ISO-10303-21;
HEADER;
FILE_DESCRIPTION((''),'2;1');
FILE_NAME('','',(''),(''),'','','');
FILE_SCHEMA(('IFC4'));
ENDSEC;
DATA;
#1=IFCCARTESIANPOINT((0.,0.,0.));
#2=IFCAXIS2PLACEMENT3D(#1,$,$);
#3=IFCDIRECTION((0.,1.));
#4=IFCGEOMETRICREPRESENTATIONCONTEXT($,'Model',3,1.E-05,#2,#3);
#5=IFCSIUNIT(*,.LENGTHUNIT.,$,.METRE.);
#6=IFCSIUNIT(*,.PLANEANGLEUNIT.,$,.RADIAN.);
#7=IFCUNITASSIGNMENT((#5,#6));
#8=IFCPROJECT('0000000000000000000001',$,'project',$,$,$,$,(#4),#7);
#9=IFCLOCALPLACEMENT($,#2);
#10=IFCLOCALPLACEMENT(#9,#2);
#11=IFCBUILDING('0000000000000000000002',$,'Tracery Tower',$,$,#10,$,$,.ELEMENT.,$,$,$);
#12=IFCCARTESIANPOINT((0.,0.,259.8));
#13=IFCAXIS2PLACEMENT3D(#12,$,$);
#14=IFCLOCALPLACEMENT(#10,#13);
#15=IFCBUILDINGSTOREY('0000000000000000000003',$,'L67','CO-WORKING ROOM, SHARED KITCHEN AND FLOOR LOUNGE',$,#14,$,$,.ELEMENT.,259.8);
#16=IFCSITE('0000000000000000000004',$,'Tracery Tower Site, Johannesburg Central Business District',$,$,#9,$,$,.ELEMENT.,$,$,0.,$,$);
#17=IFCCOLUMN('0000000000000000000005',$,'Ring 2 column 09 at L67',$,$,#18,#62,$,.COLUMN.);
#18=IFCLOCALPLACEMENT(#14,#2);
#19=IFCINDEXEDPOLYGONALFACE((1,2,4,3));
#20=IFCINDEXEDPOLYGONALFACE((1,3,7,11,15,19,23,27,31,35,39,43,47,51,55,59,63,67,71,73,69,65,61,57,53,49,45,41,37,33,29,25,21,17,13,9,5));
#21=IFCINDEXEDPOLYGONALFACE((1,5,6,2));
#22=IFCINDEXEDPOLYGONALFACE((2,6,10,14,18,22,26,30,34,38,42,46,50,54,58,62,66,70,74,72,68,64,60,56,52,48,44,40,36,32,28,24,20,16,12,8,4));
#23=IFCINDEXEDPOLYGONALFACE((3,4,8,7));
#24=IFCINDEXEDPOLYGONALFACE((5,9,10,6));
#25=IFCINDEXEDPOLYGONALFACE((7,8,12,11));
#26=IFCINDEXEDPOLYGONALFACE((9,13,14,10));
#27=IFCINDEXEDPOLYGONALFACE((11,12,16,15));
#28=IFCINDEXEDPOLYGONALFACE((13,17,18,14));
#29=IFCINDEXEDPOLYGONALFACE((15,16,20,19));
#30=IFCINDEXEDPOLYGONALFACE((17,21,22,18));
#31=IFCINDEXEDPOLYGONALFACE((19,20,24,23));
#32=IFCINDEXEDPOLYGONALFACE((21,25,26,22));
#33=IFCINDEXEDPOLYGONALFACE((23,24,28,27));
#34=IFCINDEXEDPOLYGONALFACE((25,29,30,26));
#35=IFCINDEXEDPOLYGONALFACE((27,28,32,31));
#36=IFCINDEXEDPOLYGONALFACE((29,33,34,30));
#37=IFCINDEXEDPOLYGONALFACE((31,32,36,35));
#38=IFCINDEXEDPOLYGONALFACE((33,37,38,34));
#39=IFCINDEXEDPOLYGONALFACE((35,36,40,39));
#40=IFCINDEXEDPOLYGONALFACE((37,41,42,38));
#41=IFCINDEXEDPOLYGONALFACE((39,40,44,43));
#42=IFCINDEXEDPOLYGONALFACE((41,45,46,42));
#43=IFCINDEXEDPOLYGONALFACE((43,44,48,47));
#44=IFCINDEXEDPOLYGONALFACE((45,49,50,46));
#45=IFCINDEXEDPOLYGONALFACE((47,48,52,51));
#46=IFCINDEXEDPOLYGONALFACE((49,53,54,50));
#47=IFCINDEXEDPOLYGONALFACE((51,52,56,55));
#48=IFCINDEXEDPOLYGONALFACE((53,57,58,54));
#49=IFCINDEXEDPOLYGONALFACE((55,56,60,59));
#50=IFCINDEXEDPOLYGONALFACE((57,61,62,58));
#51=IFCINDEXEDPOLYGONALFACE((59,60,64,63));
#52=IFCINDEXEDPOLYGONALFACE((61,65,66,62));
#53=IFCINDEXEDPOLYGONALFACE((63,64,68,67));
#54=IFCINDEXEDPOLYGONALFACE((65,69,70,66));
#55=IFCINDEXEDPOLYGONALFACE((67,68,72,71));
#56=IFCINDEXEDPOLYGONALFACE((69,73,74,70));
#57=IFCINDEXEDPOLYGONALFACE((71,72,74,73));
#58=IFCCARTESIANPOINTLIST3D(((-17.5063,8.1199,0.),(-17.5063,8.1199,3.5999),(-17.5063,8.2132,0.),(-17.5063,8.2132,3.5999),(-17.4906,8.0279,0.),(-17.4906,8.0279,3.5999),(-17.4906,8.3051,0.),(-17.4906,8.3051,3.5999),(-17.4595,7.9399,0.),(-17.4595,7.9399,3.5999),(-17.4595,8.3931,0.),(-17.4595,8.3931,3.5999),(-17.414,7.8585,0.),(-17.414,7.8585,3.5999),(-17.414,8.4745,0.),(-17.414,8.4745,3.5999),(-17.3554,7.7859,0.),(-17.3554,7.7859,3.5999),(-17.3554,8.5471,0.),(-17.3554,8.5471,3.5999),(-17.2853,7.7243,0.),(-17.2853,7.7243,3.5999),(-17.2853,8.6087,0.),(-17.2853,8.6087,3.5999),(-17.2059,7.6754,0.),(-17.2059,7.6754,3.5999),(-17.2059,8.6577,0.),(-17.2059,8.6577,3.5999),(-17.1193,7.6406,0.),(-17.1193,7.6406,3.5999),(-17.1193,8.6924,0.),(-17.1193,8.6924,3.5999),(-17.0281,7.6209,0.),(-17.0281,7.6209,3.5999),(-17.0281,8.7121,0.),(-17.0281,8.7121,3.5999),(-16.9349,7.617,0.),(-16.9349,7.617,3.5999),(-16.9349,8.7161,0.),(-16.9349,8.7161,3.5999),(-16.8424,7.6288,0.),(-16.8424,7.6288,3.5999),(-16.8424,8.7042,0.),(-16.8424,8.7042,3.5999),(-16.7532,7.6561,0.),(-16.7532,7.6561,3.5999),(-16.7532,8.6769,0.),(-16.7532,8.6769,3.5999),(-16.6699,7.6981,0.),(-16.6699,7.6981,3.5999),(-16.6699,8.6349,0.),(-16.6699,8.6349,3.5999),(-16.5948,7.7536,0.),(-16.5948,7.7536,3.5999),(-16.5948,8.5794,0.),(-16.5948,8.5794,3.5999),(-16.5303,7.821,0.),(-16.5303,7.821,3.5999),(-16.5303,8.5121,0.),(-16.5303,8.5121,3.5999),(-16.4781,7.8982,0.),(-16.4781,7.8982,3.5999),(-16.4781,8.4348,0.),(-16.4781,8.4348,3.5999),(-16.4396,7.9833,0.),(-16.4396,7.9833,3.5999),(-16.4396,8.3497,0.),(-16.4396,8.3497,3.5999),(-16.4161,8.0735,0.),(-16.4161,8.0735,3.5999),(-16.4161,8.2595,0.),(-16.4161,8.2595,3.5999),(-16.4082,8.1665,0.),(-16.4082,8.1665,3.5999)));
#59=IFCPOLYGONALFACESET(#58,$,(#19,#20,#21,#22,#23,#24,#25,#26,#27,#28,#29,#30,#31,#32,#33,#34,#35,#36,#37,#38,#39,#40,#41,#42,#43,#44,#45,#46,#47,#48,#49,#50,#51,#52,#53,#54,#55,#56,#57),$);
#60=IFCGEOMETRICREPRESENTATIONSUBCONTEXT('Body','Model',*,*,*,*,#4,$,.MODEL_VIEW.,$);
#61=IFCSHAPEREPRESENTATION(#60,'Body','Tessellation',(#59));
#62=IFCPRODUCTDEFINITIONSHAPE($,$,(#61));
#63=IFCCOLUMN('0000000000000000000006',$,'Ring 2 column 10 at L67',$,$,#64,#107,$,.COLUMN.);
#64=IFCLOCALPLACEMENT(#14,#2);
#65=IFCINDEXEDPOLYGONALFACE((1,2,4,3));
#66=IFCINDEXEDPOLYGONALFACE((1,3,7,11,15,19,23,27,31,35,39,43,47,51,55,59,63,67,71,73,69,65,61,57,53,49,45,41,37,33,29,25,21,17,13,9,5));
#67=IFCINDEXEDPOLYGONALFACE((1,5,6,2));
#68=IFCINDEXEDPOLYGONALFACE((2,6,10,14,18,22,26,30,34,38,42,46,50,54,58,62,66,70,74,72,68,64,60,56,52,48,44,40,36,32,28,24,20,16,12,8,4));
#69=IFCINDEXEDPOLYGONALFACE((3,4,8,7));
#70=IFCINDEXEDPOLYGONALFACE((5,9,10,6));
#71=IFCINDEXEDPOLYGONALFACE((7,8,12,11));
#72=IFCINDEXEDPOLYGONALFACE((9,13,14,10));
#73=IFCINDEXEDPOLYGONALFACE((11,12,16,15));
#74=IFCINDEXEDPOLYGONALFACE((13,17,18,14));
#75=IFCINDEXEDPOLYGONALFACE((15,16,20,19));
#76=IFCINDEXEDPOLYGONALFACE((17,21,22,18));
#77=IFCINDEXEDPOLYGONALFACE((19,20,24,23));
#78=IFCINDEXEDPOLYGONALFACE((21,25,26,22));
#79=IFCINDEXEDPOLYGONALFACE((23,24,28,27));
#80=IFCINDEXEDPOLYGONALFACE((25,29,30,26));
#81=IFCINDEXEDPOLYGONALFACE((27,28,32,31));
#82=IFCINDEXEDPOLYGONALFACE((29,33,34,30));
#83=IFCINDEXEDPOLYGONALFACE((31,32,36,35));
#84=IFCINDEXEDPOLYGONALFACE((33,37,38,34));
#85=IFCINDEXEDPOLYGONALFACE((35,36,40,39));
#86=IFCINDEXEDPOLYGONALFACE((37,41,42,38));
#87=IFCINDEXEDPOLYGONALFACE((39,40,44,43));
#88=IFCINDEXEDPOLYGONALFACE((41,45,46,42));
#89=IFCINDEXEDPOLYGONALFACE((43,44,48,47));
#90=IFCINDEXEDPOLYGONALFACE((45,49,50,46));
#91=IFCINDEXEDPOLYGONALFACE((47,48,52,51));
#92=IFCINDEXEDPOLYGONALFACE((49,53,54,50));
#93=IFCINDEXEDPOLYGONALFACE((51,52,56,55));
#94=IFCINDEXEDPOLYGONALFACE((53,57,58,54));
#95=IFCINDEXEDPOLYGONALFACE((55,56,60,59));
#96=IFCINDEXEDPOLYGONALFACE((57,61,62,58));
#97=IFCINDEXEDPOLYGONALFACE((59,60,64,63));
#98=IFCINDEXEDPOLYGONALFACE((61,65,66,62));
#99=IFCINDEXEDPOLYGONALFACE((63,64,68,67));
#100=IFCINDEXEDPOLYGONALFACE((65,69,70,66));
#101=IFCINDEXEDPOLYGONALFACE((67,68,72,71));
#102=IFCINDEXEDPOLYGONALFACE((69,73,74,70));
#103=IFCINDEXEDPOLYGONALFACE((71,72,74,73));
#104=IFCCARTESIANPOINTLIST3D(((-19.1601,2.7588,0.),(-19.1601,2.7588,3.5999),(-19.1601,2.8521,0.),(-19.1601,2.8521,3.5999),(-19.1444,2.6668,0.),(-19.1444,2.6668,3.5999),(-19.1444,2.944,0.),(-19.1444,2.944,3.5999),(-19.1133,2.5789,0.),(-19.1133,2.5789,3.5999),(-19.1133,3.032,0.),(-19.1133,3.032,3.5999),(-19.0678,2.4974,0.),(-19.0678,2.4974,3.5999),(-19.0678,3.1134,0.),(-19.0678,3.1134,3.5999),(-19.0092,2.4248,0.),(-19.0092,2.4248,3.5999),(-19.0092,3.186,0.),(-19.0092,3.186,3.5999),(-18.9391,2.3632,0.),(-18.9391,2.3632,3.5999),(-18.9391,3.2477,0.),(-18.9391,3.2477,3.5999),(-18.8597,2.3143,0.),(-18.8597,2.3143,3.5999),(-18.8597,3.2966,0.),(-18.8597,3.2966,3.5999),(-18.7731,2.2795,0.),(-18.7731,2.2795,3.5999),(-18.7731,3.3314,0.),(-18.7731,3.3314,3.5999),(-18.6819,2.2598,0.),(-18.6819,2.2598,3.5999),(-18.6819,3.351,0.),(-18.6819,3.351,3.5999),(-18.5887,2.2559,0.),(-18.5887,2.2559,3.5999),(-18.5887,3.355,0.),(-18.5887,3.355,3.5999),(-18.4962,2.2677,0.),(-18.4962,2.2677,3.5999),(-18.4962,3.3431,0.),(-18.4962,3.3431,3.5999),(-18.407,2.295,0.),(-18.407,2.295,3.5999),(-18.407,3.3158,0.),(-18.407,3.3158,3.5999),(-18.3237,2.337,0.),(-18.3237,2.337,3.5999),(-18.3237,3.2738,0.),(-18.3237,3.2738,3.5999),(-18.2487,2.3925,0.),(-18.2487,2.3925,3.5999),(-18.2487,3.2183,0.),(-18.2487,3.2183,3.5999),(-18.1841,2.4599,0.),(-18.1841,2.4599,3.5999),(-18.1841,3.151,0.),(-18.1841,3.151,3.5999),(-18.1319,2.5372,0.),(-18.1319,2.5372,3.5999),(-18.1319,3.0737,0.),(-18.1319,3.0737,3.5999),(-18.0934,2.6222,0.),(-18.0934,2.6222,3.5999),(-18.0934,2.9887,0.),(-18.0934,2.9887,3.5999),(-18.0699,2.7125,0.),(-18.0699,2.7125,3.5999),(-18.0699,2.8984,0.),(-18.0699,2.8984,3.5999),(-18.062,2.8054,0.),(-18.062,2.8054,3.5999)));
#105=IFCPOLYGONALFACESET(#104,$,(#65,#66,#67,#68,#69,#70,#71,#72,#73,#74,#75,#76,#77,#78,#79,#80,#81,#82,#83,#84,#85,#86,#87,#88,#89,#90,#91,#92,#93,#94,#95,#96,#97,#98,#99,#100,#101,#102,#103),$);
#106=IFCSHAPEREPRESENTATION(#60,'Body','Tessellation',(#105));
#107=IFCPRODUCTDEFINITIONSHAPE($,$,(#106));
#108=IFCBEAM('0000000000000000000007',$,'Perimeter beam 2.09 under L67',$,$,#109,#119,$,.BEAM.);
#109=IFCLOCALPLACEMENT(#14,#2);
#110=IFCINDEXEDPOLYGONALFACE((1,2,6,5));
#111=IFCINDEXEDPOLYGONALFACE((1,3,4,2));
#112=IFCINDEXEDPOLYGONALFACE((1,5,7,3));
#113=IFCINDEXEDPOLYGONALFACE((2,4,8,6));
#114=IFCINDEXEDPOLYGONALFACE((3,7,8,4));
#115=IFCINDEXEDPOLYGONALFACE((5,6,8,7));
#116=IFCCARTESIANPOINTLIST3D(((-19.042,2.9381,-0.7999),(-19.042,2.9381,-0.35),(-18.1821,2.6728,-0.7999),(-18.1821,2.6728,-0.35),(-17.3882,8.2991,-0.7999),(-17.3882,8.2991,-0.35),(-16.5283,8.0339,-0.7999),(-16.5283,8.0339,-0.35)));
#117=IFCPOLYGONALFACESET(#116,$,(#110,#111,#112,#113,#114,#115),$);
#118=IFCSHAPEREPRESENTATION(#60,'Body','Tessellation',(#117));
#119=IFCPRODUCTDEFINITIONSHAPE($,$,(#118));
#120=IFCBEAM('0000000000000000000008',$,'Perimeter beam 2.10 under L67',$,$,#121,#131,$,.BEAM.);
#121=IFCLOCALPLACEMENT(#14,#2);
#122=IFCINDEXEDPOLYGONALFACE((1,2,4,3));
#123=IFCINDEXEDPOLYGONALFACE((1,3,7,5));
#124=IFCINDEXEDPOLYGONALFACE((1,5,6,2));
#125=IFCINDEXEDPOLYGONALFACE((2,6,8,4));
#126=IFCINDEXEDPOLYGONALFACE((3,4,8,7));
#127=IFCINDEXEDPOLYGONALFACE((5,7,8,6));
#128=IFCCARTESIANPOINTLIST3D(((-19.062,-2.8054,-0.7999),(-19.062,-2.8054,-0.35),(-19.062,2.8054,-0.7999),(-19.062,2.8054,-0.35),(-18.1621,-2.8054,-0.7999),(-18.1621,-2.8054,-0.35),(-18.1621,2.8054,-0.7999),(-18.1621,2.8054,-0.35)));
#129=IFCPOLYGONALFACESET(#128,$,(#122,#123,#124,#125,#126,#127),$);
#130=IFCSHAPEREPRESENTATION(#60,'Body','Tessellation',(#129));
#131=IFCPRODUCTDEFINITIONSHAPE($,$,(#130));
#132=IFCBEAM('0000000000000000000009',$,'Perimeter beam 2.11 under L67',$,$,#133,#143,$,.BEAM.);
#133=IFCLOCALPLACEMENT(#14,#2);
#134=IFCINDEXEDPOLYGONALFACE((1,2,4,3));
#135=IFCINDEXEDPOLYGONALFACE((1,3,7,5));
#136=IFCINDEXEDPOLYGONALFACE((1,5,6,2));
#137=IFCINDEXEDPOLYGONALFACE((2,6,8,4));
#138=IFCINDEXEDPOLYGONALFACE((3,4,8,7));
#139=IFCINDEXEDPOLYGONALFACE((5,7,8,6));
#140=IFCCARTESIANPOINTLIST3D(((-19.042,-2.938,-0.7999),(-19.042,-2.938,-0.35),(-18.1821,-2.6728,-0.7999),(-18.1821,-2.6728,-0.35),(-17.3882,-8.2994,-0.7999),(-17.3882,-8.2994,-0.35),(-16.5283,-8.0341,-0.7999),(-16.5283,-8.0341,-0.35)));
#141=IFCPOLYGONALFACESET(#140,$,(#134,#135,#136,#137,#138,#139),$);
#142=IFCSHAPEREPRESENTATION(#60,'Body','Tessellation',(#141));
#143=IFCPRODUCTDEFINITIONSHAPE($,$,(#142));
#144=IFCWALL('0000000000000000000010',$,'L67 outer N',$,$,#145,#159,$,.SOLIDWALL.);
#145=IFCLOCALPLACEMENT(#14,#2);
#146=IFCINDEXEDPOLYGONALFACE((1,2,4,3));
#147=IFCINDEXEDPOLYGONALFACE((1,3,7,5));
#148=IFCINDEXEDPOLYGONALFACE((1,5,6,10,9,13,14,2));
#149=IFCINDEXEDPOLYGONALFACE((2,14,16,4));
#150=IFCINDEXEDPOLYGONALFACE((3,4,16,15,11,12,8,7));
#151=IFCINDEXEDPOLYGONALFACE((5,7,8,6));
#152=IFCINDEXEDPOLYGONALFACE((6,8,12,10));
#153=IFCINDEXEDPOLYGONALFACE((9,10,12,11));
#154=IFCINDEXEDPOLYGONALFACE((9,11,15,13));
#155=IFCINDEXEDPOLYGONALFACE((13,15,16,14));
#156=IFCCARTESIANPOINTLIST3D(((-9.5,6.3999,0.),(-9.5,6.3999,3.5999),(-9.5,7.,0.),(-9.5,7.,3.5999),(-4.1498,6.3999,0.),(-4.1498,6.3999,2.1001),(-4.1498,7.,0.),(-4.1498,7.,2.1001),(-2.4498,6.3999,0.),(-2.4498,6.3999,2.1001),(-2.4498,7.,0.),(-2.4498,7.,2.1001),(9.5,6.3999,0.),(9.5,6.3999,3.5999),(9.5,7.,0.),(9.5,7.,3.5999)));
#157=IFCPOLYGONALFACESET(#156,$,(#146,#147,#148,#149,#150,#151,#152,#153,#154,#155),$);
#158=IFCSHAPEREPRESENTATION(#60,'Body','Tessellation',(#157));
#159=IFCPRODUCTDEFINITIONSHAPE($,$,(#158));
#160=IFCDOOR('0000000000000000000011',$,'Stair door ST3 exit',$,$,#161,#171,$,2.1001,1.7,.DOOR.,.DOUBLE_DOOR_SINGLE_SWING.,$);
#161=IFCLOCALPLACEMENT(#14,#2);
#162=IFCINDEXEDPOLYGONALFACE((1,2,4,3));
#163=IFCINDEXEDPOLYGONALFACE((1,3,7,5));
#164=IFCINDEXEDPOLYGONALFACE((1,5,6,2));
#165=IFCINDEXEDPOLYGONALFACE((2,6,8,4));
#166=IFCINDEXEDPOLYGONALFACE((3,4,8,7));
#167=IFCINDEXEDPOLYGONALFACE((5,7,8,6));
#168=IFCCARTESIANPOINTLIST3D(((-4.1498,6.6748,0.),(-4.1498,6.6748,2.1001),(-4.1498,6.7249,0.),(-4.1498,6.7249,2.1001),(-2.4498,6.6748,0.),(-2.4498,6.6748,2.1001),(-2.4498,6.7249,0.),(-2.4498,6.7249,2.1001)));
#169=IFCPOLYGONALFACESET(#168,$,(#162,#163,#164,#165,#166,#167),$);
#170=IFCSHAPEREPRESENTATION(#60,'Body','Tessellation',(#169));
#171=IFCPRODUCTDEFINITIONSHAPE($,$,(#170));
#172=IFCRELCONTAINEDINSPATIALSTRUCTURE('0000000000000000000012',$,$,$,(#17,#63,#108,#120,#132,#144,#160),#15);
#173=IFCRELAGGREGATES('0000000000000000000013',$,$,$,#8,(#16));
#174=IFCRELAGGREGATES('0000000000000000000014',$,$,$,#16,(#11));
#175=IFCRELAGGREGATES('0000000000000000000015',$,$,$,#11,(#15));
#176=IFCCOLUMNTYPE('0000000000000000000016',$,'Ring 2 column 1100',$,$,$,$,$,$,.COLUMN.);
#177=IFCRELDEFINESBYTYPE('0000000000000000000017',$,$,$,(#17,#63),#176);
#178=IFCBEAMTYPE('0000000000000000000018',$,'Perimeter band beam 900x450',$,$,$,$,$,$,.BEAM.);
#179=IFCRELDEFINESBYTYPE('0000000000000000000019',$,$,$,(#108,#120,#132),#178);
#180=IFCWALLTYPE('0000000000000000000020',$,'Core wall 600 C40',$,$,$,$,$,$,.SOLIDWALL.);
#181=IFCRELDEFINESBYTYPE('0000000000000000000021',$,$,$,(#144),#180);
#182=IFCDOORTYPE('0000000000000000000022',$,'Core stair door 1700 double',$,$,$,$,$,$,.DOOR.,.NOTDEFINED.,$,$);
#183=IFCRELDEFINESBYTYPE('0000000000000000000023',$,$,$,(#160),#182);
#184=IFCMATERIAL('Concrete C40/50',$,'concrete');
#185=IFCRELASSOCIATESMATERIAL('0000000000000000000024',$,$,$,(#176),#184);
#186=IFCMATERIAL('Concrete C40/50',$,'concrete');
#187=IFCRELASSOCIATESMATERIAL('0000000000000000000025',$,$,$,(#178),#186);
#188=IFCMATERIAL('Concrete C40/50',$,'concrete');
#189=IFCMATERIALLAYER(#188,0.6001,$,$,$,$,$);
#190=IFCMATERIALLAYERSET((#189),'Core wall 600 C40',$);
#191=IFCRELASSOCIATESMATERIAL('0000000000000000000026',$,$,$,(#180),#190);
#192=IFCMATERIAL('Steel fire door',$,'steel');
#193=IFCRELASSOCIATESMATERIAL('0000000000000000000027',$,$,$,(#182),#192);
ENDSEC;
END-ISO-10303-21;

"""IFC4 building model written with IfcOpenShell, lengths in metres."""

from ifc_helpers import new_model, si_unit, direction, frame, frame_2d, origin, origin_2d, place, context, subcontext, project, spatial, rectangle, circle, extrude, material, layer, layer_set, material_profile, profile_set, type_object, element, fill, save


model = new_model("IFC4")

# Units and contexts
model_context = context("Model", 3, precision=1e-05, world=origin(), true_north=direction((0.0, 1.0)))
body_context = subcontext(model_context, "Body", "Model", "MODEL_VIEW")
ifc_project = project(units=[si_unit("LENGTHUNIT", "METRE"), si_unit("PLANEANGLEUNIT", "RADIAN")], contexts=[model_context])

# Site, building, storey
site_placement = place(None, origin())
site = spatial("IfcSite", under=ifc_project, at=site_placement, Name="Tracery Tower Site, Johannesburg Central Business District", CompositionType="ELEMENT", RefElevation=0.0)
building_placement = place(site_placement, origin())
building = spatial("IfcBuilding", under=site, at=building_placement, Name="Tracery Tower", CompositionType="ELEMENT")
storey_placement = place(building_placement, frame((0.0, 0.0, 259.8)))
storey = spatial("IfcBuildingStorey", under=building, at=storey_placement, Name="L67", Description="CO-WORKING ROOM, SHARED KITCHEN AND FLOOR LOUNGE", CompositionType="ELEMENT", Elevation=259.8)

# Columns
ifc_material_1 = material(Name="Concrete C40/50", Category="concrete")
ifc_material_profile_1 = material_profile(ifc_material_1, circle(Radius=0.55, at=origin_2d()), Name="RC D1100")
ifc_profile_set_1 = profile_set([ifc_material_profile_1], Name="Concrete C40/50")
column_type = type_object("IfcColumnType", Name="Ring 2 column 1100", PredefinedType="COLUMN", material=ifc_profile_set_1)
for number, where, z_axis, x_axis, name in (
    (1, (-16.9583, 8.1665, 0.0), (0.0, 0.0, 1.0), (1.0, 0.0, 0.0), "Ring 2 column 09 at L67"),
    (2, (-18.6121, 2.8054, 0.0), (0.0, 0.0, 1.0), (1.0, 0.0, 0.0), "Ring 2 column 10 at L67"),
):
    element("IfcColumn", number, at=place(storey_placement, frame(where, z_axis=z_axis, x_axis=x_axis)), inside=storey, type_object=column_type, Name=name, PredefinedType="COLUMN", context=body_context, shape_type="SweptSolid", body=[
        extrude(circle(Radius=0.55, at=origin_2d()), origin(), (0.0, 0.0, 1.0), 3.5999),
    ])

# Beams
ifc_material_2 = material(Name="Concrete C40/50", Category="concrete")
ifc_material_profile_2 = material_profile(ifc_material_2, rectangle(XDim=0.8999, YDim=0.45, at=origin_2d()), Name="RC 900x450")
ifc_profile_set_2 = profile_set([ifc_material_profile_2], Name="Concrete C40/50")
beam_type = type_object("IfcBeamType", Name="Perimeter band beam 900x450", PredefinedType="BEAM", material=ifc_profile_set_2)
beam_1_placement = place(storey_placement, frame((-16.9583, 8.1665, -0.575), z_axis=(-0.294777, -0.955566, 0.0), x_axis=(0.955566, -0.294777, 0.0)))
element("IfcBeam", 3, at=beam_1_placement, inside=storey, type_object=beam_type, Name="Perimeter beam 2.09 under L67", PredefinedType="BEAM", context=body_context, shape_type="SweptSolid", body=[
    extrude(rectangle(XDim=0.8999, YDim=0.45, at=origin_2d()), origin(), (0.0, 0.0, 1.0), 5.6104),
])
beam_2_placement = place(storey_placement, frame((-18.6121, 2.8054, -0.575), z_axis=(0.0, -1.0, 0.0), x_axis=(1.0, 0.0, 0.0)))
element("IfcBeam", 4, at=beam_2_placement, inside=storey, type_object=beam_type, Name="Perimeter beam 2.10 under L67", PredefinedType="BEAM", context=body_context, shape_type="SweptSolid", body=[
    extrude(rectangle(XDim=0.8999, YDim=0.45, at=origin_2d()), origin(), (0.0, 0.0, 1.0), 5.6108),
])
beam_3_placement = place(storey_placement, frame((-18.6121, -2.8054, -0.575), z_axis=(0.294765, -0.95557, 0.0), x_axis=(0.95557, 0.294765, 0.0)))
element("IfcBeam", 5, at=beam_3_placement, inside=storey, type_object=beam_type, Name="Perimeter beam 2.11 under L67", PredefinedType="BEAM", context=body_context, shape_type="SweptSolid", body=[
    extrude(rectangle(XDim=0.8999, YDim=0.45, at=origin_2d()), origin(), (0.0, 0.0, 1.0), 5.6106),
])

# Wall, opening, door
ifc_material_3 = material(Name="Concrete C40/50", Category="concrete")
ifc_layer_1 = layer(ifc_material_3, 0.6001)
ifc_layer_set_1 = layer_set([ifc_layer_1], Name="Core wall 600 C40")
wall_type_1 = type_object("IfcWallType", Name="Core wall 600 C40", PredefinedType="SOLIDWALL", material=ifc_layer_set_1)
wall_1_placement = place(storey_placement, frame((-9.5, 6.7, 0.0), z_axis=(0.0, 0.0, 1.0), x_axis=(1.0, 0.0, 0.0)))
wall_1 = element("IfcWall", 6, at=wall_1_placement, inside=storey, type_object=wall_type_1, Name="L67 outer N", PredefinedType="SOLIDWALL", context=body_context, shape_type="SweptSolid", body=[
    extrude(rectangle(XDim=19.0, YDim=0.6001, at=frame_2d((9.5, 0.0))), origin(), (0.0, 0.0, 1.0), 3.5999),
])
opening_1_placement = place(wall_1_placement, frame((5.3501, 0.0, 0.0)))
opening_1 = element("IfcOpeningElement", 7, at=opening_1_placement, cuts=wall_1, PredefinedType="OPENING", context=body_context, shape_type="SweptSolid", body=[
    extrude(rectangle(XDim=1.7, YDim=2.1001, at=frame_2d((0.8501, 1.05))), frame((0.0, 0.3, 0.0), z_axis=(0.0, -1.0, 0.0), x_axis=(1.0, 0.0, 0.0)), (0.0, 0.0, 1.0), 0.6001),
])
ifc_material_4 = material(Name="Steel fire door", Category="steel")
door_type_1 = type_object("IfcDoorType", Name="Core stair door 1700 double", OperationType="NOTDEFINED", PredefinedType="DOOR", material=ifc_material_4)
door_1_placement = place(opening_1_placement, origin())
door_1 = element("IfcDoor", 8, at=door_1_placement, inside=storey, type_object=door_type_1, Name="Stair door ST3 exit", OperationType="DOUBLE_DOOR_SINGLE_SWING", OverallHeight=2.1001, OverallWidth=1.7, PredefinedType="DOOR", context=body_context, shape_type="SweptSolid", body=[
    extrude(rectangle(XDim=1.7, YDim=2.1001, at=frame_2d((0.8501, 1.05))), frame((0.0, 0.0249, 0.0), z_axis=(0.0, -1.0, 0.0), x_axis=(1.0, 0.0, 0.0)), (0.0, 0.0, 1.0), 0.05),
])
fill(opening_1, door_1)

save(model, "model.ifc")
